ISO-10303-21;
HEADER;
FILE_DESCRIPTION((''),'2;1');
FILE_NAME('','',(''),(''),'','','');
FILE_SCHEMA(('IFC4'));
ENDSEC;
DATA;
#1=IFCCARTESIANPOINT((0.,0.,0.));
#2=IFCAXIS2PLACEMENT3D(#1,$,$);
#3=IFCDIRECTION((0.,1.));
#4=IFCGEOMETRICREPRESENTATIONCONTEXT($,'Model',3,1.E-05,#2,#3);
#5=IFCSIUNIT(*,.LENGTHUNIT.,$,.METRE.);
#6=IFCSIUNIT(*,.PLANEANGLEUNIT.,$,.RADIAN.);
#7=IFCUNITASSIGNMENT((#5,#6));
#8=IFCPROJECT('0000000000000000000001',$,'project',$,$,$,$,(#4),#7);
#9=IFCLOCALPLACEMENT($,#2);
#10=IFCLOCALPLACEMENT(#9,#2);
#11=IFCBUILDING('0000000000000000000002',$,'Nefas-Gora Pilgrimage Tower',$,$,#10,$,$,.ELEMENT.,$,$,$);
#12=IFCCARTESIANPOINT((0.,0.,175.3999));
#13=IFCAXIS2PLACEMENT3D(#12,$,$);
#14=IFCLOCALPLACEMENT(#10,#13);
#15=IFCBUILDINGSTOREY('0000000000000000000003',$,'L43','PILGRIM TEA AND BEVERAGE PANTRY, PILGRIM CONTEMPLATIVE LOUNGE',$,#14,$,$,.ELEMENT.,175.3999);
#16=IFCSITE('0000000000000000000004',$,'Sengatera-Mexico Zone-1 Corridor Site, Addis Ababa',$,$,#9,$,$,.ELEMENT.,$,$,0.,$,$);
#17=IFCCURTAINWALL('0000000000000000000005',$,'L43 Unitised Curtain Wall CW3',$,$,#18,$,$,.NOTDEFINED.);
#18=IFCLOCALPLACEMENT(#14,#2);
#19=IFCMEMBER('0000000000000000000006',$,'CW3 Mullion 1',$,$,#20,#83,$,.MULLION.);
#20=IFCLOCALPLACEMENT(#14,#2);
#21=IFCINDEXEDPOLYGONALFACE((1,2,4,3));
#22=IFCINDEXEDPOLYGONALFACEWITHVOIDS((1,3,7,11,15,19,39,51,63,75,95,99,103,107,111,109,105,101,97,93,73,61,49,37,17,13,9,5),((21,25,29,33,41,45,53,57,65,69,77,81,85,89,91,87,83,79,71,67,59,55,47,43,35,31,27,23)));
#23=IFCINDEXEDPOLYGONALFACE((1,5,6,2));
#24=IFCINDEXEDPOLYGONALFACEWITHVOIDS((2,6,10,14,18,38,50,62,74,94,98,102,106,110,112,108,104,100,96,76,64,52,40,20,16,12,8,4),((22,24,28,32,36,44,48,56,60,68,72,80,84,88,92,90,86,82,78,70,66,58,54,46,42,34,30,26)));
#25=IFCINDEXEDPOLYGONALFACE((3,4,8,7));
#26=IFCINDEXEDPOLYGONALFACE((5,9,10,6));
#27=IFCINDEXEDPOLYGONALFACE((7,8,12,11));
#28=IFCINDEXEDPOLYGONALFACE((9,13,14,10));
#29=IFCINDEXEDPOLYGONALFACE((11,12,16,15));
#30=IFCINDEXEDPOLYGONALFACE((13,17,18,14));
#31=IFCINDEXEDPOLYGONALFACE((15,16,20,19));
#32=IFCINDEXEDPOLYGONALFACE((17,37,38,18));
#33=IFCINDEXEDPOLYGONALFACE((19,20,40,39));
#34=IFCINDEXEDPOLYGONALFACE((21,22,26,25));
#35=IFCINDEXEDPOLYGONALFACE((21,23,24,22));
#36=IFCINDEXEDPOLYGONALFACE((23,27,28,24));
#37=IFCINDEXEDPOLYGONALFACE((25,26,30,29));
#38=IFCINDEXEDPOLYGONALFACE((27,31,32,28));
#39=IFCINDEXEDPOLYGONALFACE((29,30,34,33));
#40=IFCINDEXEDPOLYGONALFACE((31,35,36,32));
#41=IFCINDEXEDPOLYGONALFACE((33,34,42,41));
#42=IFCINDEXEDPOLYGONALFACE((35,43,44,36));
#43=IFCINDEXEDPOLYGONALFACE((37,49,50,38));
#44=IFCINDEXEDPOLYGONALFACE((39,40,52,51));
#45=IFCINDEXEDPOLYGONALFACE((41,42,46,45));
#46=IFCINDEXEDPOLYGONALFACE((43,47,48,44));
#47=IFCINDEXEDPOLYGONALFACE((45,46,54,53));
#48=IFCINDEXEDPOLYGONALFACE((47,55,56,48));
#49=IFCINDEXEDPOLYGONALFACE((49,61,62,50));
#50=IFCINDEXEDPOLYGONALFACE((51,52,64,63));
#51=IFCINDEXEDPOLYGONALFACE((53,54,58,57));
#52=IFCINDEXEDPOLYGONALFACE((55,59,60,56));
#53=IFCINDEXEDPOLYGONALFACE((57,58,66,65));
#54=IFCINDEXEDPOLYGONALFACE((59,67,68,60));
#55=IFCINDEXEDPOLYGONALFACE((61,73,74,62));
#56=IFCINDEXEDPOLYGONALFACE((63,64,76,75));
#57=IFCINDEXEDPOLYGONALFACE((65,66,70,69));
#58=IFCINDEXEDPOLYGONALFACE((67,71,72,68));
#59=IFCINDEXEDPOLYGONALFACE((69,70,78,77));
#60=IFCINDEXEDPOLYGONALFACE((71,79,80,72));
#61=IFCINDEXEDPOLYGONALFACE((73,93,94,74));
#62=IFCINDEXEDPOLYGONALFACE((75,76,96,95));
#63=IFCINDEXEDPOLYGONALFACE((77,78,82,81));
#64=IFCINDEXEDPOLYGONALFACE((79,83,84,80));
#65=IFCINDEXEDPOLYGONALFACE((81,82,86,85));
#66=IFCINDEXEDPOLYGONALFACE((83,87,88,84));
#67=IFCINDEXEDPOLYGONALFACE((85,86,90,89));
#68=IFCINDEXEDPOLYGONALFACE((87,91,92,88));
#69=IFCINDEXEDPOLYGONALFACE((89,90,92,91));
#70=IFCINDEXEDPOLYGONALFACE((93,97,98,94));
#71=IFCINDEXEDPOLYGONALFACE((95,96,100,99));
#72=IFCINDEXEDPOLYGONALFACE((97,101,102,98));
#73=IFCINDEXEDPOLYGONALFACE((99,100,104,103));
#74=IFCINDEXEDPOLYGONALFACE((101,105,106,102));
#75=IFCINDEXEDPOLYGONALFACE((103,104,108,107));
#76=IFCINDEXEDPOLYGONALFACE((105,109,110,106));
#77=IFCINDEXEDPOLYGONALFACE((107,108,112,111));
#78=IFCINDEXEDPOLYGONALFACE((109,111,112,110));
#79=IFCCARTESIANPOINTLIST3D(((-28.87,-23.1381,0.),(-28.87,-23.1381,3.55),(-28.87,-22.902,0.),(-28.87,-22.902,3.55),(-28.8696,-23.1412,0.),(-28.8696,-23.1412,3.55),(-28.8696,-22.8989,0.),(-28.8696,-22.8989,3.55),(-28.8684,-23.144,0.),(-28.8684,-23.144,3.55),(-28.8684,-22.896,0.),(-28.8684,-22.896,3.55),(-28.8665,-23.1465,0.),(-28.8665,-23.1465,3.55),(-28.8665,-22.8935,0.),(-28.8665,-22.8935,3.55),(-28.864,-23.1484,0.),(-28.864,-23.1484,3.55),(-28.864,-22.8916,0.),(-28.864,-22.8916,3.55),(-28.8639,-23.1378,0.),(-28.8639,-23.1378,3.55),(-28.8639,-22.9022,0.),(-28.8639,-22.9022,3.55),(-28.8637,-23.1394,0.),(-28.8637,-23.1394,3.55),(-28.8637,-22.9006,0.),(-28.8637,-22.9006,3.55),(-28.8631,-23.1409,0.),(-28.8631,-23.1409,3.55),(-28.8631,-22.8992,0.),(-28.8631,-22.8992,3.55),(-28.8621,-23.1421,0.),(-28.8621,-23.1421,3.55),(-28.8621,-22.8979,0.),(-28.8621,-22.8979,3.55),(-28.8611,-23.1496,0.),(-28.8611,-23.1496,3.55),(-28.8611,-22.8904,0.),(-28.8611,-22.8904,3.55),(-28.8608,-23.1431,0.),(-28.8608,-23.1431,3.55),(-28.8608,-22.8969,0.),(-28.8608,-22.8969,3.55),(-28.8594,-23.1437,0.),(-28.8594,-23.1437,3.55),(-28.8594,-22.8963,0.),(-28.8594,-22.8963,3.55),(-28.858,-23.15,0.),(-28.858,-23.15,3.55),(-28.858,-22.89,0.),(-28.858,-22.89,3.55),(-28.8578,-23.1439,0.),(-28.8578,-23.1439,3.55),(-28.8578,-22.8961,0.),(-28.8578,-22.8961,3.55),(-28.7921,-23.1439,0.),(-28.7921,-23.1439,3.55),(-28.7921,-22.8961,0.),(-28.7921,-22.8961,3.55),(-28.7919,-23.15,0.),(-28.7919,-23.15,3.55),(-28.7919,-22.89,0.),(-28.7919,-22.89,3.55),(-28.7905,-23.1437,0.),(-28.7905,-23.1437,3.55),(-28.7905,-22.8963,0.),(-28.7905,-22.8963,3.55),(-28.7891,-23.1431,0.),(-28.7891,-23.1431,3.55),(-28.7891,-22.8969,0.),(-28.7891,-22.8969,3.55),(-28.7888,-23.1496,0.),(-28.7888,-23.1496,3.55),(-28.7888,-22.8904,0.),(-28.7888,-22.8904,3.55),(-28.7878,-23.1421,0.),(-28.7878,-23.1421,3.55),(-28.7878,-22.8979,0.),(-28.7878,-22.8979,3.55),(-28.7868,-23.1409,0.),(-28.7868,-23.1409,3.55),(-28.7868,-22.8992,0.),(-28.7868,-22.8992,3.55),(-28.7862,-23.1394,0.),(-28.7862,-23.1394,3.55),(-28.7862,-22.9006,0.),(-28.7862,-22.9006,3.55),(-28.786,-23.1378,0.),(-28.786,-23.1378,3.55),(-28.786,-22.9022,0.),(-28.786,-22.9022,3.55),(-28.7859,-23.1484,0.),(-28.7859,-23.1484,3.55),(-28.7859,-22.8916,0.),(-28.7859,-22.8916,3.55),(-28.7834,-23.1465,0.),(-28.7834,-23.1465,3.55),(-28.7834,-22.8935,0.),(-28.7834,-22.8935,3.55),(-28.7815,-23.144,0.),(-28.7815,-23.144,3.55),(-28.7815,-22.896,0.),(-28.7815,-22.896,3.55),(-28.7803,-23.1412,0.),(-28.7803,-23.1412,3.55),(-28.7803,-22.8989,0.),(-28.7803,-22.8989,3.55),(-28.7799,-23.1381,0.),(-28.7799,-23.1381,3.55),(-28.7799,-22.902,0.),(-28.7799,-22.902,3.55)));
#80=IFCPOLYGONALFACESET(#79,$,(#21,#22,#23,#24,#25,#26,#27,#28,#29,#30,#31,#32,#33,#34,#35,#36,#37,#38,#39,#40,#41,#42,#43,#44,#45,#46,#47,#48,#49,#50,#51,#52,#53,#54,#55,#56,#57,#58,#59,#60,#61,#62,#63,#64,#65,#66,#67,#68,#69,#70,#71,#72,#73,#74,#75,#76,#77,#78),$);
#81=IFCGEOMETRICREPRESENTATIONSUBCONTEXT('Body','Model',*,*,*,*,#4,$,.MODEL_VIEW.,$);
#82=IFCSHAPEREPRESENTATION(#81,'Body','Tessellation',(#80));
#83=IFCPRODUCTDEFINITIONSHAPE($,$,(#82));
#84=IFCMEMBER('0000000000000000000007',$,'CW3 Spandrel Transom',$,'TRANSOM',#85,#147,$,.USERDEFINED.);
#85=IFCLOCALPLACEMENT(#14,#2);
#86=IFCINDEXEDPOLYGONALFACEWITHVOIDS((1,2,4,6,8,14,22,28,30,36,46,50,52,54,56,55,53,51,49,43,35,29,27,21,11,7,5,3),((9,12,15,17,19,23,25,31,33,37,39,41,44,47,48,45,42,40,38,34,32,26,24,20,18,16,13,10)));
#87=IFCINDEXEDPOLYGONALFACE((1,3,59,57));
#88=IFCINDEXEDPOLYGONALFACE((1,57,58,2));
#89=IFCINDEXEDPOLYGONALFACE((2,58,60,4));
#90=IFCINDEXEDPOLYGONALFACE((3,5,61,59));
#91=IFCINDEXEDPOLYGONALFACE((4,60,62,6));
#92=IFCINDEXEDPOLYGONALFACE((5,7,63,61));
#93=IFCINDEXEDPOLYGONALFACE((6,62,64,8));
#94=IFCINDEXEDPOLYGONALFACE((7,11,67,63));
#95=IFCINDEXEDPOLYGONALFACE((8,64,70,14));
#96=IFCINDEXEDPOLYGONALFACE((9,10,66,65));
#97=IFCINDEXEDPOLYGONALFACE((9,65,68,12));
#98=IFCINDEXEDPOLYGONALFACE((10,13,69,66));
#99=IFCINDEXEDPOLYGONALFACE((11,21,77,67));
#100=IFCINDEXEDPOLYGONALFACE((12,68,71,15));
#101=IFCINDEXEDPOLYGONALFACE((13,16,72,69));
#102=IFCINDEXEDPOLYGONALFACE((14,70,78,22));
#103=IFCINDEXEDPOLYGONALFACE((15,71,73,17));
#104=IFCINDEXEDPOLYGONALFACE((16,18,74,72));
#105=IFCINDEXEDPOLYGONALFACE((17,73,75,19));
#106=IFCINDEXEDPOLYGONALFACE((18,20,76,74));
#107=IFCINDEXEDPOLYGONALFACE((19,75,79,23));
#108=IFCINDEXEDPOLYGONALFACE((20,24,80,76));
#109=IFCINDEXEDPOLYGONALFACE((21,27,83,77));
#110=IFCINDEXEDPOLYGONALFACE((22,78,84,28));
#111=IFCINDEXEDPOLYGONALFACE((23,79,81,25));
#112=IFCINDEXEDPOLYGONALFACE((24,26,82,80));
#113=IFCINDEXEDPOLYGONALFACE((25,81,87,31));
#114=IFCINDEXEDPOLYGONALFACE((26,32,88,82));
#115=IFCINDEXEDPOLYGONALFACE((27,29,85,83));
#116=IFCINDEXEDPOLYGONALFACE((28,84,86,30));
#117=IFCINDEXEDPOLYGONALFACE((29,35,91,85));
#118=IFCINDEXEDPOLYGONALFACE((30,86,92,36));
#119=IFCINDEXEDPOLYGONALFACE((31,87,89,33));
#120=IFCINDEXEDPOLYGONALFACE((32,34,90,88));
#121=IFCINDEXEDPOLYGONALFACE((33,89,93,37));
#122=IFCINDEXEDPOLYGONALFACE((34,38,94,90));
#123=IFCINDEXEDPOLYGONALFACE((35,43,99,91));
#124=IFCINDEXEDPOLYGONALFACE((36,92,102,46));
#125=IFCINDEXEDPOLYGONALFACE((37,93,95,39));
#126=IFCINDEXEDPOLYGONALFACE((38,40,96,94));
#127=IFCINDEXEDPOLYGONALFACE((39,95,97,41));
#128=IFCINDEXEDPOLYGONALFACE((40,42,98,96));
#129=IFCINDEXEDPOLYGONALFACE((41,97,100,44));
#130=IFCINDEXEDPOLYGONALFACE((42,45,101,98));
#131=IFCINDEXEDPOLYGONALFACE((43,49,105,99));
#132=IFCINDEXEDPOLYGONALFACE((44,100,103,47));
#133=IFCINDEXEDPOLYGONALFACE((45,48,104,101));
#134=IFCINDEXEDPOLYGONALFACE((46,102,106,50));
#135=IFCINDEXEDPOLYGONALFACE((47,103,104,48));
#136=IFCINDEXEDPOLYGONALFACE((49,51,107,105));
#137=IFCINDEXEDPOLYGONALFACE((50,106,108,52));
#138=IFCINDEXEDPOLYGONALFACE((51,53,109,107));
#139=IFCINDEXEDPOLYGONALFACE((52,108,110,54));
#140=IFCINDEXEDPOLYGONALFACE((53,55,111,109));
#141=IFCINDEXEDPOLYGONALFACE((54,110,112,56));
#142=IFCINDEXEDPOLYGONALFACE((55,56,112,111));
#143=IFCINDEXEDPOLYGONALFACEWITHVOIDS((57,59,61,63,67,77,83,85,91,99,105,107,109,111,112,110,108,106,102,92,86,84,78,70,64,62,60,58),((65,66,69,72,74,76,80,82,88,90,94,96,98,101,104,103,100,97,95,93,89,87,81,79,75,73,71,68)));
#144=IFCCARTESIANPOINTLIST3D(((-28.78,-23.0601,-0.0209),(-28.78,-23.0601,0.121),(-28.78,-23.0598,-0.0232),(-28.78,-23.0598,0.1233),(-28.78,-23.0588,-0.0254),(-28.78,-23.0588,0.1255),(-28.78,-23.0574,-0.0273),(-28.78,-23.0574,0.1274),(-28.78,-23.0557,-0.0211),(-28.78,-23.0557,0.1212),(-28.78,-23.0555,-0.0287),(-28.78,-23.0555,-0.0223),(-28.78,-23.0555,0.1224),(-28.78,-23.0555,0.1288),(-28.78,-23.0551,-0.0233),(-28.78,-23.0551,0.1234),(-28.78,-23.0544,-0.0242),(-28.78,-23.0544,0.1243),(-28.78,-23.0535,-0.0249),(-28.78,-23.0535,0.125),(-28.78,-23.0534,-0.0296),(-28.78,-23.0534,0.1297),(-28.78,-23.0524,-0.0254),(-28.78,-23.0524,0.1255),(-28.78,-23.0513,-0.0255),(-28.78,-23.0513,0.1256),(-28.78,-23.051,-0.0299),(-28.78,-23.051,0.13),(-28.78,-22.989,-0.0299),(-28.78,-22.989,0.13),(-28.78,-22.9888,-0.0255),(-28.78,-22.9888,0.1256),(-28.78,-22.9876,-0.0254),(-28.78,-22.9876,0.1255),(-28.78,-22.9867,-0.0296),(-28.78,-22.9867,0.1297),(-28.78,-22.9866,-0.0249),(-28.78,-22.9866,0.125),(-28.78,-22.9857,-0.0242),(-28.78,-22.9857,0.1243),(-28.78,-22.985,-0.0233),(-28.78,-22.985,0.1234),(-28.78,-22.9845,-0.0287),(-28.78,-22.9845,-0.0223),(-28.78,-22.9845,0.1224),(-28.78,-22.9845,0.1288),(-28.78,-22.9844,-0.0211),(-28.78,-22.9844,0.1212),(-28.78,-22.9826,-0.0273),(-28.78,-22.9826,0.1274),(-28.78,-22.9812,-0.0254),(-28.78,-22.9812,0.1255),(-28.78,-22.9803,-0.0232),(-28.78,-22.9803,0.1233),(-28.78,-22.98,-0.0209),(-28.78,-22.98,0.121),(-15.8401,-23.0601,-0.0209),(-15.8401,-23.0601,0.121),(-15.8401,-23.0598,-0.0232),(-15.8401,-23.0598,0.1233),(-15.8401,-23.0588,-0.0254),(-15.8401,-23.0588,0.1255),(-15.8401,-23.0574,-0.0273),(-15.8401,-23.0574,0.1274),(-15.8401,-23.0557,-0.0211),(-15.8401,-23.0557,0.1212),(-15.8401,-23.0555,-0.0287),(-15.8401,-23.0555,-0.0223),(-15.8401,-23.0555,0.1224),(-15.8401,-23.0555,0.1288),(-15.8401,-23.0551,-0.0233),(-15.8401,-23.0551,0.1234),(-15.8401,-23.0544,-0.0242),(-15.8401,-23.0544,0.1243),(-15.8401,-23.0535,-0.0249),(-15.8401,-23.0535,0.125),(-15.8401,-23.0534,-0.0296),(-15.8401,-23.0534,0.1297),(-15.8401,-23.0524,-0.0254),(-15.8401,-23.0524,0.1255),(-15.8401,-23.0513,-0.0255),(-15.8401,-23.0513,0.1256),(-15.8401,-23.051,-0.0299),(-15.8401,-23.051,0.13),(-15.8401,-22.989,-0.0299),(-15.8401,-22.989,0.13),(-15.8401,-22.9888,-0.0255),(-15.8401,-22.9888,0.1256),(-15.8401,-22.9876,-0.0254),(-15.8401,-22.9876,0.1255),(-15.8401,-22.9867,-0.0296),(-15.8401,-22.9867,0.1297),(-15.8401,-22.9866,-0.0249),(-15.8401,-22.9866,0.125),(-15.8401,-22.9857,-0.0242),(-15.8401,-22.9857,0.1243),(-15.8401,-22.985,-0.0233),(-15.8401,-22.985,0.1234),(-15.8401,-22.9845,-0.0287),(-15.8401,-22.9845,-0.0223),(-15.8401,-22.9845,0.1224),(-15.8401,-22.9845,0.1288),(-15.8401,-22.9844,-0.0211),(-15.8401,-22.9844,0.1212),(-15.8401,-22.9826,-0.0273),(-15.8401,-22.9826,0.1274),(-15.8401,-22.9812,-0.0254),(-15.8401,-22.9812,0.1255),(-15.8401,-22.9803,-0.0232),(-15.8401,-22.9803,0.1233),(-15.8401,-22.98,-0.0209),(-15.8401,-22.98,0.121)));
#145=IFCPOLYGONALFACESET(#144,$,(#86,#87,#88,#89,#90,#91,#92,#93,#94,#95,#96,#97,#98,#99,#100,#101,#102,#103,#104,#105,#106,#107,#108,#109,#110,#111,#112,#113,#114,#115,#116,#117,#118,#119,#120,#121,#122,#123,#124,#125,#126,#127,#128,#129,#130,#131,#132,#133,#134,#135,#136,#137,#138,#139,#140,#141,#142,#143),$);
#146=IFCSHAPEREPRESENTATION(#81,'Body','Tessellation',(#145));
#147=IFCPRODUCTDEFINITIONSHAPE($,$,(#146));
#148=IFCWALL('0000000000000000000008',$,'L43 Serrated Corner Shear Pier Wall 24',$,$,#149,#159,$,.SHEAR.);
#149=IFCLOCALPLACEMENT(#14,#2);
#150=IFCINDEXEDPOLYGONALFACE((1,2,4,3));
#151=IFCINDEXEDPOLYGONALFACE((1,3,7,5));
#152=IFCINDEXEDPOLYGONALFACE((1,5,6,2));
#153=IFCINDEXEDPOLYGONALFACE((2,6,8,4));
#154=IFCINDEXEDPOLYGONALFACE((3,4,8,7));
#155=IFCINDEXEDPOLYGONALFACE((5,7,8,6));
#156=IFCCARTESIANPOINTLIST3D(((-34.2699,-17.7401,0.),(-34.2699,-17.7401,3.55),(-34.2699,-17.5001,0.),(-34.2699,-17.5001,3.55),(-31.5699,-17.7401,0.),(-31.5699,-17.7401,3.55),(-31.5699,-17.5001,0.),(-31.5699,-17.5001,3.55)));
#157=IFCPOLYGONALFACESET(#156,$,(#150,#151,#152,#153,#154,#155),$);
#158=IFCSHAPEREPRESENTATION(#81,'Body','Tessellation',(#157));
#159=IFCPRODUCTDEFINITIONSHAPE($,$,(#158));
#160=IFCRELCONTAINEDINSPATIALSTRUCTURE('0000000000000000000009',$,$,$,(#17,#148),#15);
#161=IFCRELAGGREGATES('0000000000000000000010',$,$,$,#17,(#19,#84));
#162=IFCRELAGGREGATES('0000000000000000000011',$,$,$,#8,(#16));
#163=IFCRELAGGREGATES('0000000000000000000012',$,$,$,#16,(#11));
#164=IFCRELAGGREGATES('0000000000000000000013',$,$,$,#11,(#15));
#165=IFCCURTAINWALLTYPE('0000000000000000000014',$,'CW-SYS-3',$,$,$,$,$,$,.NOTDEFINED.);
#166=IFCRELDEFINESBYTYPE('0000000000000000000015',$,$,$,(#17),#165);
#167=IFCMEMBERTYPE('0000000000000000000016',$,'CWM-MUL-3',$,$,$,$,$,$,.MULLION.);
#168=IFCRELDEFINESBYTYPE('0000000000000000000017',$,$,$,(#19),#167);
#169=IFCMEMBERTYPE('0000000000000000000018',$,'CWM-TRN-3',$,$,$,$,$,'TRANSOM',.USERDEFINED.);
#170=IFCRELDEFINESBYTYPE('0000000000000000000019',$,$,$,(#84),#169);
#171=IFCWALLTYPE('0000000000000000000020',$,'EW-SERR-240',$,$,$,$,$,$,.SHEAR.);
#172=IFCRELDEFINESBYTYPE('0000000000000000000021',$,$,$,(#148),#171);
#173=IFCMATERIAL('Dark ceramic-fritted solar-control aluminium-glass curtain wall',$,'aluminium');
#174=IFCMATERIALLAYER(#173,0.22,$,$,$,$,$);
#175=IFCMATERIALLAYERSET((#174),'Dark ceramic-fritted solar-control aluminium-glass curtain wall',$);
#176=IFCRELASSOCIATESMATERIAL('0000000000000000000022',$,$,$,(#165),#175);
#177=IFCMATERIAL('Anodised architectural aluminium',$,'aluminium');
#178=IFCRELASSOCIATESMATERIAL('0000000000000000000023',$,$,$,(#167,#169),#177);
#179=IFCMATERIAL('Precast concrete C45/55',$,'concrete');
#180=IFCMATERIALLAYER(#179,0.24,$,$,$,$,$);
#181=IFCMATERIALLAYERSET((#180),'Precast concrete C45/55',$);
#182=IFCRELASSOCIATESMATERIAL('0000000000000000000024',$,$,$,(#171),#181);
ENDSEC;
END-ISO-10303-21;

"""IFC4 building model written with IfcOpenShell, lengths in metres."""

from ifc_helpers import new_model, si_unit, direction, frame, frame_2d, origin, origin_2d, place, context, subcontext, project, spatial, rectangle, hollow_rectangle, extrude, source, transform, mapped, material, layer, layer_set, material_profile, profile_set, type_object, element, aggregate, save


model = new_model("IFC4")

# Units and contexts
model_context = context("Model", 3, precision=1e-05, world=origin(), true_north=direction((0.0, 1.0)))
body_context = subcontext(model_context, "Body", "Model", "MODEL_VIEW")
ifc_project = project(units=[si_unit("LENGTHUNIT", "METRE"), si_unit("PLANEANGLEUNIT", "RADIAN")], contexts=[model_context])

# Site, building, storey
site_placement = place(None, origin())
site = spatial("IfcSite", under=ifc_project, at=site_placement, Name="Sengatera-Mexico Zone-1 Corridor Site, Addis Ababa", CompositionType="ELEMENT", RefElevation=0.0)
building_placement = place(site_placement, origin())
building = spatial("IfcBuilding", under=site, at=building_placement, Name="Nefas-Gora Pilgrimage Tower", CompositionType="ELEMENT")
storey_placement = place(building_placement, frame((0.0, 0.0, 175.3999)))
storey = spatial("IfcBuildingStorey", under=building, at=storey_placement, Name="L43", Description="PILGRIM TEA AND BEVERAGE PANTRY, PILGRIM CONTEMPLATIVE LOUNGE", CompositionType="ELEMENT", Elevation=175.3999)

# Shared definitions
ifc_material_1 = material(Name="Dark ceramic-fritted solar-control aluminium-glass curtain wall", Category="aluminium")
ifc_layer_1 = layer(ifc_material_1, 0.22)
ifc_layer_set_1 = layer_set([ifc_layer_1], Name="Dark ceramic-fritted solar-control aluminium-glass curtain wall")
curtain_wall_type = type_object("IfcCurtainWallType", Name="CW-SYS-3", PredefinedType="NOTDEFINED", material=ifc_layer_set_1)
ifc_material_2 = material(Name="Anodised architectural aluminium", Category="aluminium")
ifc_material_profile_1 = material_profile(ifc_material_2, hollow_rectangle(XDim=0.0901, YDim=0.26, WallThickness=0.0061, InnerFilletRadius=0.0061, OuterFilletRadius=0.012, at=origin_2d()), Name="ALU MULLION 90x260")
ifc_profile_set_1 = profile_set([ifc_material_profile_1], Name="Anodised architectural aluminium")
member_type_1 = type_object("IfcMemberType", Name="CWM-MUL-3", PredefinedType="MULLION", material=ifc_profile_set_1)
shared_shape_1 = source(origin(), body_context, "Body", "SweptSolid", [
    extrude(hollow_rectangle(XDim=0.0901, YDim=0.26, WallThickness=0.0061, InnerFilletRadius=0.0061, OuterFilletRadius=0.012, at=origin_2d()), origin(), (0.0, 0.0, 1.0), 3.55),
])

# Curtain wall, members
curtain_wall_1_placement = place(storey_placement, origin())
curtain_wall_1 = element("IfcCurtainWall", 1, at=curtain_wall_1_placement, inside=storey, type_object=curtain_wall_type, Name="L43 Unitised Curtain Wall CW3", PredefinedType="NOTDEFINED")
member_1_placement = place(storey_placement, frame((-28.825, -23.02, 0.0), z_axis=(0.0, 0.0, 1.0), x_axis=(1.0, 0.0, 0.0)))
member_1 = element("IfcMember", 2, at=member_1_placement, type_object=member_type_1, Name="CW3 Mullion 1", PredefinedType="MULLION", context=body_context, shape_type="MappedRepresentation", body=[
    mapped(shared_shape_1, transform((0.0, 0.0, 0.0), x_axis=(1.0, 0.0, 0.0), y_axis=(0.0, 1.0, 0.0), z_axis=(0.0, 0.0, 1.0), scale=1.0)),
])
ifc_material_profile_2 = material_profile(ifc_material_2, hollow_rectangle(XDim=0.0801, YDim=0.1599, WallThickness=0.0044, InnerFilletRadius=0.0044, OuterFilletRadius=0.009, at=origin_2d()), Name="ALU TRANSOM 80x160")
ifc_profile_set_2 = profile_set([ifc_material_profile_2], Name="Anodised architectural aluminium")
member_type_2 = type_object("IfcMemberType", Name="CWM-TRN-3", ElementType="TRANSOM", PredefinedType="USERDEFINED", material=ifc_profile_set_2)
shared_shape_2 = source(origin(), body_context, "Body", "SweptSolid", [
    extrude(hollow_rectangle(XDim=0.0801, YDim=0.1599, WallThickness=0.0044, InnerFilletRadius=0.0044, OuterFilletRadius=0.009, at=origin_2d()), origin(), (0.0, 0.0, 1.0), 12.9399),
])
member_2_placement = place(storey_placement, frame((-28.78, -23.02, 0.05), z_axis=(1.0, 0.0, 0.0), x_axis=(0.0, 1.0, 0.0)))
member_2 = element("IfcMember", 3, at=member_2_placement, type_object=member_type_2, Name="CW3 Spandrel Transom", ObjectType="TRANSOM", PredefinedType="USERDEFINED", context=body_context, shape_type="MappedRepresentation", body=[
    mapped(shared_shape_2, transform((0.0, 0.0, 0.0), x_axis=(1.0, 0.0, 0.0), y_axis=(0.0, 1.0, 0.0), z_axis=(0.0, 0.0, 1.0), scale=1.0)),
])
aggregate(curtain_wall_1, [member_1, member_2])

# Wall
ifc_material_3 = material(Name="Precast concrete C45/55", Category="concrete")
ifc_layer_2 = layer(ifc_material_3, 0.24)
ifc_layer_set_2 = layer_set([ifc_layer_2], Name="Precast concrete C45/55")
wall_type_1 = type_object("IfcWallType", Name="EW-SERR-240", PredefinedType="SHEAR", material=ifc_layer_set_2)
shared_shape_3 = source(origin(), body_context, "Body", "SweptSolid", [
    extrude(rectangle(XDim=2.7, YDim=0.24, at=frame_2d((1.3501, 0.0))), origin(), (0.0, 0.0, 1.0), 3.55),
])
wall_1_placement = place(storey_placement, frame((-34.27, -17.6201, 0.0), z_axis=(0.0, 0.0, 1.0), x_axis=(1.0, 0.0, 0.0)))
element("IfcWall", 4, at=wall_1_placement, inside=storey, type_object=wall_type_1, Name="L43 Serrated Corner Shear Pier Wall 24", PredefinedType="SHEAR", context=body_context, shape_type="MappedRepresentation", body=[
    mapped(shared_shape_3, transform((0.0, 0.0, 0.0), x_axis=(1.0, 0.0, 0.0), y_axis=(0.0, 1.0, 0.0), z_axis=(0.0, 0.0, 1.0), scale=1.0)),
])

save(model, "model.ifc")
